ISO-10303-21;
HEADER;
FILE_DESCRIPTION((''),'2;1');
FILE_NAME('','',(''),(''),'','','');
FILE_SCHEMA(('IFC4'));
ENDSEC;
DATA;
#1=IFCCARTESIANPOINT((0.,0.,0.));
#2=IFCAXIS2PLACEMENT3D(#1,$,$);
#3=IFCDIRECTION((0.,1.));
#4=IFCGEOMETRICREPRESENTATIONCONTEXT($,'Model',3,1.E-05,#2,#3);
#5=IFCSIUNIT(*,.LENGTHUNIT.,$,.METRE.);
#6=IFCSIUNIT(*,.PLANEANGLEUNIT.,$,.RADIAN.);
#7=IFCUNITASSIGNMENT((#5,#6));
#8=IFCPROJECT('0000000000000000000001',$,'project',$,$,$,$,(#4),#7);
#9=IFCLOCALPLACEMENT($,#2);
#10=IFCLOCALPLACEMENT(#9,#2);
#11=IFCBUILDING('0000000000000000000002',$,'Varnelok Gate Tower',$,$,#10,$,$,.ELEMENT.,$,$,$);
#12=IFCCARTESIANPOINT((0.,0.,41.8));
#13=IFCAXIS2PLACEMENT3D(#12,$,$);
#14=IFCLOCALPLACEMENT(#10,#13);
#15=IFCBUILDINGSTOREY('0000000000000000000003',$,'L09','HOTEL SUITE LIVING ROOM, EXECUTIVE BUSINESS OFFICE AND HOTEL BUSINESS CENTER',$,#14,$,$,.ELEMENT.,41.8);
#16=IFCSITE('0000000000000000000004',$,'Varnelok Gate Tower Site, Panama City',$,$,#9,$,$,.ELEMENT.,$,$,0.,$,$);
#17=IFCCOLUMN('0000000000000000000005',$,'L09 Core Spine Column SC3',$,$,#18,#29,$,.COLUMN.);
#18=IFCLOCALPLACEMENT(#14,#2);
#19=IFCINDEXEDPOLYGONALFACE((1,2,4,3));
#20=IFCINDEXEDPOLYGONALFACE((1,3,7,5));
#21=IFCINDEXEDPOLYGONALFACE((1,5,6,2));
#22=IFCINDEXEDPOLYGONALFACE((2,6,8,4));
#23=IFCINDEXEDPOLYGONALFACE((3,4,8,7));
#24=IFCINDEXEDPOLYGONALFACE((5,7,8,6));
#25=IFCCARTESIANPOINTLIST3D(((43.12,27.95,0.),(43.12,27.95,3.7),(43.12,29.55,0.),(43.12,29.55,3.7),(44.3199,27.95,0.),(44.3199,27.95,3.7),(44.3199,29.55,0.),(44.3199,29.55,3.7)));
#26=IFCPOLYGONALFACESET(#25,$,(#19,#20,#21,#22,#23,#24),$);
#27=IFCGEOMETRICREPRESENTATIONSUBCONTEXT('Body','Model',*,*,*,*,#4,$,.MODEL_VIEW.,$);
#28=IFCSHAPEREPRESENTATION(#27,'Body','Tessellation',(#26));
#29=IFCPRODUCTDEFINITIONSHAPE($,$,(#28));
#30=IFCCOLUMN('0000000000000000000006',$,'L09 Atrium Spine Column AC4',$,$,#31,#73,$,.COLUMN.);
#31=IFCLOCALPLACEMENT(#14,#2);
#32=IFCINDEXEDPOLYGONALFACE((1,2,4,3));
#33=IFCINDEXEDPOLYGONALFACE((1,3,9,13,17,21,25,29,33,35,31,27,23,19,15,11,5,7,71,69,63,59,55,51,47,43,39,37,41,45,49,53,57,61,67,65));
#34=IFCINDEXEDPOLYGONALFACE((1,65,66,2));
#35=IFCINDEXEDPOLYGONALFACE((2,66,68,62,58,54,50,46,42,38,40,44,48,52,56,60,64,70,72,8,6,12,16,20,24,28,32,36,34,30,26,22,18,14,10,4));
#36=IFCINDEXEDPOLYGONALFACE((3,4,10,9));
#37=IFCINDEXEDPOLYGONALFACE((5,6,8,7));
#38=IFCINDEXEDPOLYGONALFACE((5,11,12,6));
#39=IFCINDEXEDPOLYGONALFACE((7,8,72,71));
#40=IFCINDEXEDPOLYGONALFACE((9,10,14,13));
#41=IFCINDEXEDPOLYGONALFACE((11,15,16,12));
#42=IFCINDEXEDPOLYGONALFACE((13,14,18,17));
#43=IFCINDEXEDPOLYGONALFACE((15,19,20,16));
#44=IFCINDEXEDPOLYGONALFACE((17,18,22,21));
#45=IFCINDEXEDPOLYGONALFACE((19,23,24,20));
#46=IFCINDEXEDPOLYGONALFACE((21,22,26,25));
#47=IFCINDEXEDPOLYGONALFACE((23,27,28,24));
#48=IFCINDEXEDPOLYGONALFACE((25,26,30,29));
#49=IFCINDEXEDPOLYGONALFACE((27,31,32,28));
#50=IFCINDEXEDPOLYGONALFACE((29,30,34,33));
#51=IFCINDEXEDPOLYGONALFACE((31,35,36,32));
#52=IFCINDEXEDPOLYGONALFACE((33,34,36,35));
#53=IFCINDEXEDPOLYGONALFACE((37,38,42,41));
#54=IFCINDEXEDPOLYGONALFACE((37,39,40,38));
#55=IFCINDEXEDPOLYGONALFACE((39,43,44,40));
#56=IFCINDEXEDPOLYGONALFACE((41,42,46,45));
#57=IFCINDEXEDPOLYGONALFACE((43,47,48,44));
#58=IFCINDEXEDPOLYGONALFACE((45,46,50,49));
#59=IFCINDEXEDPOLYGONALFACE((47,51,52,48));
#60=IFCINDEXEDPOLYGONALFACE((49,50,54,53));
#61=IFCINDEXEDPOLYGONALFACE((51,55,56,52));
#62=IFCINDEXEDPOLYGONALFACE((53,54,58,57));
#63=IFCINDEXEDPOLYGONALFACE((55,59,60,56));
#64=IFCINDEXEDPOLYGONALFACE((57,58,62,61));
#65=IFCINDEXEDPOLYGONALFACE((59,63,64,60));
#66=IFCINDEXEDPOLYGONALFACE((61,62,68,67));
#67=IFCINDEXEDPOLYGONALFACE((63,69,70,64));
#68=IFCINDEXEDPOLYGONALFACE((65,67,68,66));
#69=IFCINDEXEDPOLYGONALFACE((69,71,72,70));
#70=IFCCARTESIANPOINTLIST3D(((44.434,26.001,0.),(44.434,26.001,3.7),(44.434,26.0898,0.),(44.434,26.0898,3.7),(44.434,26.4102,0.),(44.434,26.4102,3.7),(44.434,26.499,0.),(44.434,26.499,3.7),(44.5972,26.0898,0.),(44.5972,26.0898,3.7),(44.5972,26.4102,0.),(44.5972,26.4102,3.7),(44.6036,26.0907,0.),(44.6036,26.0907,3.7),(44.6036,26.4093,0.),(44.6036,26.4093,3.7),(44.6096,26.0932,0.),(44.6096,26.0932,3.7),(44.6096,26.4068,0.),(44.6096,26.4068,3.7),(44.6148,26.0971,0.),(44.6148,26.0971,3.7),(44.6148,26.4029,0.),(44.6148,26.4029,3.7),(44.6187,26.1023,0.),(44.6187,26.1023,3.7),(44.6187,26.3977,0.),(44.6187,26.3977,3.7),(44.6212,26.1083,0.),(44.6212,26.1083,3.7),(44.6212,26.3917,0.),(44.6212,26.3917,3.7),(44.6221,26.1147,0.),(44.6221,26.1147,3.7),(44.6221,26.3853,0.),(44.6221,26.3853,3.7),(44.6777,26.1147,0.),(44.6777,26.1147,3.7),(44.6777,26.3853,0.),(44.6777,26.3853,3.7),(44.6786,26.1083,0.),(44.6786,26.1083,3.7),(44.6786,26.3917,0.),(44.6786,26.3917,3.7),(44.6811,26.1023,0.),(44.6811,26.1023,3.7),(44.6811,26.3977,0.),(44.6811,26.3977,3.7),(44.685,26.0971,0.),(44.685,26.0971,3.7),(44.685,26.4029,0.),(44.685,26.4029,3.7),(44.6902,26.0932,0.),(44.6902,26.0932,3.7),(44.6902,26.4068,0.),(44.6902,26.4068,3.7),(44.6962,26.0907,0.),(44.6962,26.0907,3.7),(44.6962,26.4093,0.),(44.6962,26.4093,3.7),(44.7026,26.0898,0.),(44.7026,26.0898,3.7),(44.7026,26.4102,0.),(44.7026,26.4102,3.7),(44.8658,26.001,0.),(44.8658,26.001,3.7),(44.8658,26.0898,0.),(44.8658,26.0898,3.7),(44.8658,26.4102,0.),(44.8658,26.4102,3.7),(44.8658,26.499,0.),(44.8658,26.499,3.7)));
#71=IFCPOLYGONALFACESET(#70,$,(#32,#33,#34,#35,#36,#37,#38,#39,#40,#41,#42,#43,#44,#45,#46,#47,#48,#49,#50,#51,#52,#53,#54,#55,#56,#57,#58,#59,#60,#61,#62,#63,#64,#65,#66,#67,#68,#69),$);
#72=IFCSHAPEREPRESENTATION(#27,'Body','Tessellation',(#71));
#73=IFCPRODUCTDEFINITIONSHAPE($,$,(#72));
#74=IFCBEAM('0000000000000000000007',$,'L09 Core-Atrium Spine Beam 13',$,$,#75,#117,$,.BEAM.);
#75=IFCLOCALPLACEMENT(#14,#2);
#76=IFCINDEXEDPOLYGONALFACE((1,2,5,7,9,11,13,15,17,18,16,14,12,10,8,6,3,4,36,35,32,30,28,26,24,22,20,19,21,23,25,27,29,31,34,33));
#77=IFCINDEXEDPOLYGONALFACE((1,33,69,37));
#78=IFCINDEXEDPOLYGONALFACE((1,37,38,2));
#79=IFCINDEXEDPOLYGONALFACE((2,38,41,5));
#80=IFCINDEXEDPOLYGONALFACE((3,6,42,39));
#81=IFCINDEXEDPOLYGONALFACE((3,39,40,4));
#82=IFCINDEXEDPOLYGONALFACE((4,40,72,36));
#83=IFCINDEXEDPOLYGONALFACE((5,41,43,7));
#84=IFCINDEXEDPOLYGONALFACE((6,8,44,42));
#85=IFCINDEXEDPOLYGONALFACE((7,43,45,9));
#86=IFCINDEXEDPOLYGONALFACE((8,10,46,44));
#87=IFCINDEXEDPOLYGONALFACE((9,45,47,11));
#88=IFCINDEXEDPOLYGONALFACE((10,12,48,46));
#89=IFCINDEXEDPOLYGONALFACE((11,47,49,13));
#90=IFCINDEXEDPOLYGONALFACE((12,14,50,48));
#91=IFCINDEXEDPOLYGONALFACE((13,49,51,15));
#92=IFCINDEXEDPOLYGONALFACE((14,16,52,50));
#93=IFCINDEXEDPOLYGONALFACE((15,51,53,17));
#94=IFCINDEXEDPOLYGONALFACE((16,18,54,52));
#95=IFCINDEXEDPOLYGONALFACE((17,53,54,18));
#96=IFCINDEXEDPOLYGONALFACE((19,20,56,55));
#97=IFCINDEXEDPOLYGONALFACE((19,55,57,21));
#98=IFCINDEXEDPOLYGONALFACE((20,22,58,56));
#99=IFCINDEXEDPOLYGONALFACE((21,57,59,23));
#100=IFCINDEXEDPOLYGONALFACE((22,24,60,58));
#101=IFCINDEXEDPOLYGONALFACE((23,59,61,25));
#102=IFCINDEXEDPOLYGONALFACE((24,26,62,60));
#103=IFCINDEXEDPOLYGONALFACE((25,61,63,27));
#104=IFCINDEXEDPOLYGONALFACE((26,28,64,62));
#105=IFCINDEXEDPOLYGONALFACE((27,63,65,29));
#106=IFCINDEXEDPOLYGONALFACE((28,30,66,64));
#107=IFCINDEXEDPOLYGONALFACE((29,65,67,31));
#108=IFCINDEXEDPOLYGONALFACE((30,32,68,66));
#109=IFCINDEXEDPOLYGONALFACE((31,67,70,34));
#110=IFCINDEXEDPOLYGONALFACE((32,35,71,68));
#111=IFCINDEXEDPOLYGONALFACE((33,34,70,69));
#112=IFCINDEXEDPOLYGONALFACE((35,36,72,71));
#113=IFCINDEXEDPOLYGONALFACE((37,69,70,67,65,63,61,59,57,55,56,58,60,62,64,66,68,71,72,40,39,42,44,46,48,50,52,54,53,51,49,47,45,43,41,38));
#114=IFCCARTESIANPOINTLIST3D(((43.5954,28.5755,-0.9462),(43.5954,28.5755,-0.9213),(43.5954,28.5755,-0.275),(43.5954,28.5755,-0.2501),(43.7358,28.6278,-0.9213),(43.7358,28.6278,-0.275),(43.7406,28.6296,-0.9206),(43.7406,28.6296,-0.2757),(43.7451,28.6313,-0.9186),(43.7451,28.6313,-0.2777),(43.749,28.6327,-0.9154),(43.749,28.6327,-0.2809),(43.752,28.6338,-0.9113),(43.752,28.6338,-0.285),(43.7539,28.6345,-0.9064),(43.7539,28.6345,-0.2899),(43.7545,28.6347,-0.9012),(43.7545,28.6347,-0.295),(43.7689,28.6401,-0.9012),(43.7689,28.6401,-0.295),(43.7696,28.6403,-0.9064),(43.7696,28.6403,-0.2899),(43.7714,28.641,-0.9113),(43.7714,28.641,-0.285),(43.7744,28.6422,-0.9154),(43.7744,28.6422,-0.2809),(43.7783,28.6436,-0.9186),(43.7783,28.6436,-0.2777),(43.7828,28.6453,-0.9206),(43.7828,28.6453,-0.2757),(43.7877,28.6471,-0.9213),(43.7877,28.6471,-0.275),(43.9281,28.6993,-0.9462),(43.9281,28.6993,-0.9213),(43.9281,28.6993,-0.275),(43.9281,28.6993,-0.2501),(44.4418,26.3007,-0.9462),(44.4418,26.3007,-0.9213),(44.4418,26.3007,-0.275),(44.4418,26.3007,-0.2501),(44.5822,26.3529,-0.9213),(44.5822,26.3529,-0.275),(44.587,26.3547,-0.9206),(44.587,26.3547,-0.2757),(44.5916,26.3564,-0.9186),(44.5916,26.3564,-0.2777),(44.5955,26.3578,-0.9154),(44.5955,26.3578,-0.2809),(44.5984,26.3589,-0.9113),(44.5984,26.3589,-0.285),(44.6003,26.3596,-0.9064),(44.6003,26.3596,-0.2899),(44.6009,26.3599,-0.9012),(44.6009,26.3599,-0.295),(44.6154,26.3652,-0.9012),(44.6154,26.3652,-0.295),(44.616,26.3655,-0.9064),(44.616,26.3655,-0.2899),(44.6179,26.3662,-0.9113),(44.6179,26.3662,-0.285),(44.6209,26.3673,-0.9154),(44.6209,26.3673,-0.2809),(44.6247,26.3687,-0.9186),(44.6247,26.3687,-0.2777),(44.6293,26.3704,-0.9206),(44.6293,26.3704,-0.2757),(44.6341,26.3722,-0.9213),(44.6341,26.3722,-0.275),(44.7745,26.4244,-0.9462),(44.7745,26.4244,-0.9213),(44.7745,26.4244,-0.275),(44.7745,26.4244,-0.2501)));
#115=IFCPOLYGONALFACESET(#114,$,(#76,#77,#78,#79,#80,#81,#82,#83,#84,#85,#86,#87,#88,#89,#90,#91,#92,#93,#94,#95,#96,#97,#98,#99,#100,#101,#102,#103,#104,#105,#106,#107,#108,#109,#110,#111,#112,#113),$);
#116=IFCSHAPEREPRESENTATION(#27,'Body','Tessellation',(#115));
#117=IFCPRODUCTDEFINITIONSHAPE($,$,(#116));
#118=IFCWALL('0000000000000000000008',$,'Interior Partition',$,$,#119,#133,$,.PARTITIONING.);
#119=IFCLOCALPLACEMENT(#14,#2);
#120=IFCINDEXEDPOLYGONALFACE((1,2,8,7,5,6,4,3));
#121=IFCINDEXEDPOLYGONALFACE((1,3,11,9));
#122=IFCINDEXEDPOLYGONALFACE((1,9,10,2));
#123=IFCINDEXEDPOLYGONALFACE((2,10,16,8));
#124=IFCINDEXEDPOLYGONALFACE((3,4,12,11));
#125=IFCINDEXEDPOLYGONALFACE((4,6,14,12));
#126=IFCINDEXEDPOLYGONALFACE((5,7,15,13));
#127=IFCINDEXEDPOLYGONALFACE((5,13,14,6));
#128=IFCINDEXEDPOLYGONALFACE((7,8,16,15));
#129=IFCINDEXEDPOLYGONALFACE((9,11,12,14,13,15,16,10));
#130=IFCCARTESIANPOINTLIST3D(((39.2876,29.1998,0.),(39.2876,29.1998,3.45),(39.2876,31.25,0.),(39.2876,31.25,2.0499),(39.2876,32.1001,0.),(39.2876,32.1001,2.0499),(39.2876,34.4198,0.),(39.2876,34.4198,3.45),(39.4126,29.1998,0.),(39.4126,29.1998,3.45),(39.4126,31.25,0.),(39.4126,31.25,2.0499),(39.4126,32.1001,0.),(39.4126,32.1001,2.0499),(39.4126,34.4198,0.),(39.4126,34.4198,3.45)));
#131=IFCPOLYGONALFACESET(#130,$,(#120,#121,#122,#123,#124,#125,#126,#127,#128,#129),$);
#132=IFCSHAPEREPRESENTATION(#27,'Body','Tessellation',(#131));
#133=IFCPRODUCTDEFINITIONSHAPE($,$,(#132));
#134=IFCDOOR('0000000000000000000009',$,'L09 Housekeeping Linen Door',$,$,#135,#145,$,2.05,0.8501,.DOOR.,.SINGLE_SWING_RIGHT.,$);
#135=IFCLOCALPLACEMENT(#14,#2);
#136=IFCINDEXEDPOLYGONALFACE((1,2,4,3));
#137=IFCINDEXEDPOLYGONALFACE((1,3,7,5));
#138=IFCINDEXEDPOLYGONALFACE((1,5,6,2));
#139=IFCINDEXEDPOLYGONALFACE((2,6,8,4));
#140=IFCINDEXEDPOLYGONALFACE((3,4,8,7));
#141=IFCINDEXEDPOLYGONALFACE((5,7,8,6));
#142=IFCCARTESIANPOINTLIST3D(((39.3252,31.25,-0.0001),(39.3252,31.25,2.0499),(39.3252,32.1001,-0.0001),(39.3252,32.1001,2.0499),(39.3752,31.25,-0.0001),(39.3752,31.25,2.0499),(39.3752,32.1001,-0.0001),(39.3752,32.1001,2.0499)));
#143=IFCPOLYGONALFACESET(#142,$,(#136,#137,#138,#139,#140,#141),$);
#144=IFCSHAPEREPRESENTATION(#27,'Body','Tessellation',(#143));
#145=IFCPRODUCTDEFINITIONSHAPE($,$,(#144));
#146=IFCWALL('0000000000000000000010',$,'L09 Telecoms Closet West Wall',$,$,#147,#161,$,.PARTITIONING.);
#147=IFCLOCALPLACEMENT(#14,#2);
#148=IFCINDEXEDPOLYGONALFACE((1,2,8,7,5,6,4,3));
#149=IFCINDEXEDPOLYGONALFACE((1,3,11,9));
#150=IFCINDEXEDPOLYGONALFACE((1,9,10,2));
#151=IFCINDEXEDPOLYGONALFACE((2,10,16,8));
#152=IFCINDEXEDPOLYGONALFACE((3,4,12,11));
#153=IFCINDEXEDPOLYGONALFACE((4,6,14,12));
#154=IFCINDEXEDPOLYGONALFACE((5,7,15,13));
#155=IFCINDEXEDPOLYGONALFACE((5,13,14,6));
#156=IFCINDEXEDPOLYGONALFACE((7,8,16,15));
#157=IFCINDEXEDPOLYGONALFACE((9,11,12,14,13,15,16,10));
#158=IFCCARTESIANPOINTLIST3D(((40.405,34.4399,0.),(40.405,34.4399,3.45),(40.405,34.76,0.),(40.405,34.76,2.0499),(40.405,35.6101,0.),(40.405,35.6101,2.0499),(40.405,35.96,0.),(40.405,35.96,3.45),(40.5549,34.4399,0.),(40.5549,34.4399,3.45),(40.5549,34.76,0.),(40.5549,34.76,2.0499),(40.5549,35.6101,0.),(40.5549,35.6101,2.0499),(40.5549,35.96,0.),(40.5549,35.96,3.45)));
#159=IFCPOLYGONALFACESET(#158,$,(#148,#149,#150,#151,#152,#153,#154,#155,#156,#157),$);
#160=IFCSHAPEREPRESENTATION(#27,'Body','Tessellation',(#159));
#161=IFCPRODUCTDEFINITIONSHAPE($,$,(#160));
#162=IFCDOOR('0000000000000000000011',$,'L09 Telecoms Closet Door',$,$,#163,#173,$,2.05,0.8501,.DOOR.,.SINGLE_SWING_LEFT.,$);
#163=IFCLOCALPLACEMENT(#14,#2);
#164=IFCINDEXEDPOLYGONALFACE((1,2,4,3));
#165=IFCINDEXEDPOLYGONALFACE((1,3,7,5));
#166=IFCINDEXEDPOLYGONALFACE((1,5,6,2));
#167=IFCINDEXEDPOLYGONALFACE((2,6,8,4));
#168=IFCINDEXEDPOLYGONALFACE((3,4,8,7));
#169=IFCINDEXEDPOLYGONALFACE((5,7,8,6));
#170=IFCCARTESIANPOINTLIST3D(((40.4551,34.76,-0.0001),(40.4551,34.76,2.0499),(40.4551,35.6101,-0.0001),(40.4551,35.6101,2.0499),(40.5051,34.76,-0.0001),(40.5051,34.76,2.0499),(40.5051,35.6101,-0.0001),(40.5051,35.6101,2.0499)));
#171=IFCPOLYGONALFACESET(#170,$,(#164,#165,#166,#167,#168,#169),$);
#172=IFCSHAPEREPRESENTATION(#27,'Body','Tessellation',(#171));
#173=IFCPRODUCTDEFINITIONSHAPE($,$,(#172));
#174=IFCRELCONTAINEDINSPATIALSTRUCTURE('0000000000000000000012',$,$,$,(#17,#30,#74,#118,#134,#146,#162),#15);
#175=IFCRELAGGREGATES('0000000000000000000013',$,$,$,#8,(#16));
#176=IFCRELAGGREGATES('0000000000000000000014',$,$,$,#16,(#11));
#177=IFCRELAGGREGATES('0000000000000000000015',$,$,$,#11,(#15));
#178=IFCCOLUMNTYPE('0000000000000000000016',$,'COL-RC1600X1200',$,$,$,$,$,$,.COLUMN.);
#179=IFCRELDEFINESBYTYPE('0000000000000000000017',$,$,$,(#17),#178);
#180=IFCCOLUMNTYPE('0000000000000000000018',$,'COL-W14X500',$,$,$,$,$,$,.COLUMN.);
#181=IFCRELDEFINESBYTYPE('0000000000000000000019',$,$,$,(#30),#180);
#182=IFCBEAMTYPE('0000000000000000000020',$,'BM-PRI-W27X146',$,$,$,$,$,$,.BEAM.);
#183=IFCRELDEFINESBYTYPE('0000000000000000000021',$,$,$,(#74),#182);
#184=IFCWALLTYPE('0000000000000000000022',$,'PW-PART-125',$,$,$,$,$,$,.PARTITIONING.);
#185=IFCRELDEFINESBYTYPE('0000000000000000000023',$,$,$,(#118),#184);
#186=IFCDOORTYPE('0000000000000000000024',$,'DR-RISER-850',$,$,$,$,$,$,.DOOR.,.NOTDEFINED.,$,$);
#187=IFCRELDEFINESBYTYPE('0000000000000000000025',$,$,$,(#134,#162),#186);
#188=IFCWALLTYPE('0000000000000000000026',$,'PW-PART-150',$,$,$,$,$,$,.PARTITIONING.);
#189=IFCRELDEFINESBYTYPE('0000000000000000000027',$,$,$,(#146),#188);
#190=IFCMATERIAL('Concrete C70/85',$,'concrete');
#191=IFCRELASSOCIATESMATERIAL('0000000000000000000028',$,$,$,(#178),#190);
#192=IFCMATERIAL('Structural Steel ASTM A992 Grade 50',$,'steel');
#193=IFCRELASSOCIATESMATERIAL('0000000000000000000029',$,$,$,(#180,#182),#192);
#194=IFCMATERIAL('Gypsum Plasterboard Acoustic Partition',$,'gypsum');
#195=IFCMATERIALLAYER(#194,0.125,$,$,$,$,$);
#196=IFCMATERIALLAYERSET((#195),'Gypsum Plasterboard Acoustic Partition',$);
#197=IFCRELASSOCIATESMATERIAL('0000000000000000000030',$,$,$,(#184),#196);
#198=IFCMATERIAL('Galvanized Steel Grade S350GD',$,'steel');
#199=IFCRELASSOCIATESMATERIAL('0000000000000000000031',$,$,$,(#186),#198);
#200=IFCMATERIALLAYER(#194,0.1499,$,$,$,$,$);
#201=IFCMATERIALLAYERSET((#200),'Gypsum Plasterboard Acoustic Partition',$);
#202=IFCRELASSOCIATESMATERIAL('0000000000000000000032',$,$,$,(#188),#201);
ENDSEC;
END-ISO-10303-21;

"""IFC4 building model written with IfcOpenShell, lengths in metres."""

from ifc_helpers import new_model, si_unit, direction, frame, frame_2d, origin, origin_2d, place, context, subcontext, project, spatial, rectangle, i_section, extrude, material, layer, layer_set, material_profile, profile_set, type_object, element, fill, save


model = new_model("IFC4")

# Units and contexts
model_context = context("Model", 3, precision=1e-05, world=origin(), true_north=direction((0.0, 1.0)))
body_context = subcontext(model_context, "Body", "Model", "MODEL_VIEW")
ifc_project = project(units=[si_unit("LENGTHUNIT", "METRE"), si_unit("PLANEANGLEUNIT", "RADIAN")], contexts=[model_context])

# Site, building, storey
site_placement = place(None, origin())
site = spatial("IfcSite", under=ifc_project, at=site_placement, Name="Varnelok Gate Tower Site, Panama City", CompositionType="ELEMENT", RefElevation=0.0)
building_placement = place(site_placement, origin())
building = spatial("IfcBuilding", under=site, at=building_placement, Name="Varnelok Gate Tower", CompositionType="ELEMENT")
storey_placement = place(building_placement, frame((0.0, 0.0, 41.8)))
storey = spatial("IfcBuildingStorey", under=building, at=storey_placement, Name="L09", Description="HOTEL SUITE LIVING ROOM, EXECUTIVE BUSINESS OFFICE AND HOTEL BUSINESS CENTER", CompositionType="ELEMENT", Elevation=41.8)

# Columns
ifc_material_1 = material(Name="Concrete C70/85", Category="concrete")
ifc_material_profile_1 = material_profile(ifc_material_1, rectangle(XDim=1.2, YDim=1.6001, at=origin_2d()), Name="RC1600X1200")
ifc_profile_set_1 = profile_set([ifc_material_profile_1], Name="Concrete C70/85")
column_type_1 = type_object("IfcColumnType", Name="COL-RC1600X1200", PredefinedType="COLUMN", material=ifc_profile_set_1)
column_1_placement = place(storey_placement, frame((43.72, 28.75, 0.0), z_axis=(0.0, 0.0, 1.0), x_axis=(1.0, 0.0, 0.0)))
element("IfcColumn", 1, at=column_1_placement, inside=storey, type_object=column_type_1, Name="L09 Core Spine Column SC3", PredefinedType="COLUMN", context=body_context, shape_type="SweptSolid", body=[
    extrude(rectangle(XDim=1.2, YDim=1.6001, at=origin_2d()), origin(), (0.0, 0.0, 1.0), 3.7),
])
ifc_material_2 = material(Name="Structural Steel ASTM A992 Grade 50", Category="steel")
ifc_material_profile_2 = material_profile(ifc_material_2, i_section(OverallWidth=0.4319, OverallDepth=0.498, WebThickness=0.0557, FlangeThickness=0.0889, FilletRadius=0.0249, at=origin_2d()), Name="W14X500")
ifc_profile_set_2 = profile_set([ifc_material_profile_2], Name="Structural Steel ASTM A992 Grade 50")
column_type_2 = type_object("IfcColumnType", Name="COL-W14X500", PredefinedType="COLUMN", material=ifc_profile_set_2)
column_2_placement = place(storey_placement, frame((44.6499, 26.25, 0.0), z_axis=(0.0, 0.0, 1.0), x_axis=(1.0, 0.0, 0.0)))
element("IfcColumn", 2, at=column_2_placement, inside=storey, type_object=column_type_2, Name="L09 Atrium Spine Column AC4", PredefinedType="COLUMN", context=body_context, shape_type="SweptSolid", body=[
    extrude(i_section(OverallWidth=0.4319, OverallDepth=0.498, WebThickness=0.0557, FlangeThickness=0.0889, FilletRadius=0.0249, at=origin_2d()), origin(), (0.0, 0.0, 1.0), 3.7),
])

# Beam
ifc_material_profile_3 = material_profile(ifc_material_2, i_section(OverallWidth=0.355, OverallDepth=0.696, WebThickness=0.0154, FlangeThickness=0.0249, FilletRadius=0.02, at=origin_2d()), Name="W27X146")
ifc_profile_set_3 = profile_set([ifc_material_profile_3], Name="Structural Steel ASTM A992 Grade 50")
beam_type = type_object("IfcBeamType", Name="BM-PRI-W27X146", PredefinedType="BEAM", material=ifc_profile_set_3)
beam_placement = place(storey_placement, frame((44.6082, 26.3625, -0.5981), z_axis=(-0.348719, 0.937227, 0.0), x_axis=(-0.937227, -0.348719, 0.0)))
element("IfcBeam", 3, at=beam_placement, inside=storey, type_object=beam_type, Name="L09 Core-Atrium Spine Beam 13", PredefinedType="BEAM", context=body_context, shape_type="SweptSolid", body=[
    extrude(i_section(OverallWidth=0.355, OverallDepth=0.696, WebThickness=0.0154, FlangeThickness=0.0249, FilletRadius=0.02, at=origin_2d()), origin(), (0.0, 0.0, 1.0), 2.4272),
])

# Walls, openings, doors
ifc_material_3 = material(Name="Gypsum Plasterboard Acoustic Partition", Category="gypsum")
ifc_layer_1 = layer(ifc_material_3, 0.125)
ifc_layer_set_1 = layer_set([ifc_layer_1], Name="Gypsum Plasterboard Acoustic Partition")
wall_type_1 = type_object("IfcWallType", Name="PW-PART-125", PredefinedType="PARTITIONING", material=ifc_layer_set_1)
wall_1_placement = place(storey_placement, frame((39.3501, 29.2, 0.0), z_axis=(0.0, 0.0, 1.0), x_axis=(0.0, 1.0, 0.0)))
wall_1 = element("IfcWall", 4, at=wall_1_placement, inside=storey, type_object=wall_type_1, Name="Interior Partition", PredefinedType="PARTITIONING", context=body_context, shape_type="SweptSolid", body=[
    extrude(rectangle(XDim=5.22, YDim=0.125, at=frame_2d((2.6099, 0.0))), origin(), (0.0, 0.0, 1.0), 3.45),
])
opening_1_placement = place(wall_1_placement, frame((2.05, 0.0, 0.0)))
opening_1 = element("IfcOpeningElement", 5, at=opening_1_placement, cuts=wall_1, PredefinedType="OPENING", context=body_context, shape_type="SweptSolid", body=[
    extrude(rectangle(XDim=0.8501, YDim=2.05, at=frame_2d((0.425, 1.0249))), frame((0.0, 0.0725, 0.0), z_axis=(0.0, -1.0, 0.0), x_axis=(1.0, 0.0, 0.0)), (0.0, 0.0, 1.0), 0.145),
])
ifc_material_4 = material(Name="Galvanized Steel Grade S350GD", Category="steel")
door_type_1 = type_object("IfcDoorType", Name="DR-RISER-850", OperationType="NOTDEFINED", PredefinedType="DOOR", material=ifc_material_4)
door_1_placement = place(opening_1_placement, origin())
door_1 = element("IfcDoor", 6, at=door_1_placement, inside=storey, type_object=door_type_1, Name="L09 Housekeeping Linen Door", OperationType="SINGLE_SWING_RIGHT", OverallHeight=2.05, OverallWidth=0.8501, PredefinedType="DOOR", context=body_context, shape_type="SweptSolid", body=[
    extrude(rectangle(XDim=0.8501, YDim=2.05, at=frame_2d((0.425, 1.0249))), frame((0.0, 0.0249, 0.0), z_axis=(0.0, -1.0, 0.0), x_axis=(1.0, 0.0, 0.0)), (0.0, 0.0, 1.0), 0.05),
])
fill(opening_1, door_1)
ifc_layer_2 = layer(ifc_material_3, 0.1499)
ifc_layer_set_2 = layer_set([ifc_layer_2], Name="Gypsum Plasterboard Acoustic Partition")
wall_type_2 = type_object("IfcWallType", Name="PW-PART-150", PredefinedType="PARTITIONING", material=ifc_layer_set_2)
wall_2_placement = place(storey_placement, frame((40.48, 34.4399, 0.0), z_axis=(0.0, 0.0, 1.0), x_axis=(0.0, 1.0, 0.0)))
wall_2 = element("IfcWall", 7, at=wall_2_placement, inside=storey, type_object=wall_type_2, Name="L09 Telecoms Closet West Wall", PredefinedType="PARTITIONING", context=body_context, shape_type="SweptSolid", body=[
    extrude(rectangle(XDim=1.52, YDim=0.1499, at=frame_2d((0.76, 0.0))), origin(), (0.0, 0.0, 1.0), 3.45),
])
opening_2_placement = place(wall_2_placement, frame((0.3201, 0.0, 0.0)))
opening_2 = element("IfcOpeningElement", 8, at=opening_2_placement, cuts=wall_2, PredefinedType="OPENING", context=body_context, shape_type="SweptSolid", body=[
    extrude(rectangle(XDim=0.8501, YDim=2.05, at=frame_2d((0.425, 1.0249))), frame((0.0, 0.085, 0.0), z_axis=(0.0, -1.0, 0.0), x_axis=(1.0, 0.0, 0.0)), (0.0, 0.0, 1.0), 0.1699),
])
door_2_placement = place(opening_2_placement, origin())
door_2 = element("IfcDoor", 9, at=door_2_placement, inside=storey, type_object=door_type_1, Name="L09 Telecoms Closet Door", OperationType="SINGLE_SWING_LEFT", OverallHeight=2.05, OverallWidth=0.8501, PredefinedType="DOOR", context=body_context, shape_type="SweptSolid", body=[
    extrude(rectangle(XDim=0.8501, YDim=2.05, at=frame_2d((0.425, 1.0249))), frame((0.0, 0.0249, 0.0), z_axis=(0.0, -1.0, 0.0), x_axis=(1.0, 0.0, 0.0)), (0.0, 0.0, 1.0), 0.05),
])
fill(opening_2, door_2)

save(model, "model.ifc")
